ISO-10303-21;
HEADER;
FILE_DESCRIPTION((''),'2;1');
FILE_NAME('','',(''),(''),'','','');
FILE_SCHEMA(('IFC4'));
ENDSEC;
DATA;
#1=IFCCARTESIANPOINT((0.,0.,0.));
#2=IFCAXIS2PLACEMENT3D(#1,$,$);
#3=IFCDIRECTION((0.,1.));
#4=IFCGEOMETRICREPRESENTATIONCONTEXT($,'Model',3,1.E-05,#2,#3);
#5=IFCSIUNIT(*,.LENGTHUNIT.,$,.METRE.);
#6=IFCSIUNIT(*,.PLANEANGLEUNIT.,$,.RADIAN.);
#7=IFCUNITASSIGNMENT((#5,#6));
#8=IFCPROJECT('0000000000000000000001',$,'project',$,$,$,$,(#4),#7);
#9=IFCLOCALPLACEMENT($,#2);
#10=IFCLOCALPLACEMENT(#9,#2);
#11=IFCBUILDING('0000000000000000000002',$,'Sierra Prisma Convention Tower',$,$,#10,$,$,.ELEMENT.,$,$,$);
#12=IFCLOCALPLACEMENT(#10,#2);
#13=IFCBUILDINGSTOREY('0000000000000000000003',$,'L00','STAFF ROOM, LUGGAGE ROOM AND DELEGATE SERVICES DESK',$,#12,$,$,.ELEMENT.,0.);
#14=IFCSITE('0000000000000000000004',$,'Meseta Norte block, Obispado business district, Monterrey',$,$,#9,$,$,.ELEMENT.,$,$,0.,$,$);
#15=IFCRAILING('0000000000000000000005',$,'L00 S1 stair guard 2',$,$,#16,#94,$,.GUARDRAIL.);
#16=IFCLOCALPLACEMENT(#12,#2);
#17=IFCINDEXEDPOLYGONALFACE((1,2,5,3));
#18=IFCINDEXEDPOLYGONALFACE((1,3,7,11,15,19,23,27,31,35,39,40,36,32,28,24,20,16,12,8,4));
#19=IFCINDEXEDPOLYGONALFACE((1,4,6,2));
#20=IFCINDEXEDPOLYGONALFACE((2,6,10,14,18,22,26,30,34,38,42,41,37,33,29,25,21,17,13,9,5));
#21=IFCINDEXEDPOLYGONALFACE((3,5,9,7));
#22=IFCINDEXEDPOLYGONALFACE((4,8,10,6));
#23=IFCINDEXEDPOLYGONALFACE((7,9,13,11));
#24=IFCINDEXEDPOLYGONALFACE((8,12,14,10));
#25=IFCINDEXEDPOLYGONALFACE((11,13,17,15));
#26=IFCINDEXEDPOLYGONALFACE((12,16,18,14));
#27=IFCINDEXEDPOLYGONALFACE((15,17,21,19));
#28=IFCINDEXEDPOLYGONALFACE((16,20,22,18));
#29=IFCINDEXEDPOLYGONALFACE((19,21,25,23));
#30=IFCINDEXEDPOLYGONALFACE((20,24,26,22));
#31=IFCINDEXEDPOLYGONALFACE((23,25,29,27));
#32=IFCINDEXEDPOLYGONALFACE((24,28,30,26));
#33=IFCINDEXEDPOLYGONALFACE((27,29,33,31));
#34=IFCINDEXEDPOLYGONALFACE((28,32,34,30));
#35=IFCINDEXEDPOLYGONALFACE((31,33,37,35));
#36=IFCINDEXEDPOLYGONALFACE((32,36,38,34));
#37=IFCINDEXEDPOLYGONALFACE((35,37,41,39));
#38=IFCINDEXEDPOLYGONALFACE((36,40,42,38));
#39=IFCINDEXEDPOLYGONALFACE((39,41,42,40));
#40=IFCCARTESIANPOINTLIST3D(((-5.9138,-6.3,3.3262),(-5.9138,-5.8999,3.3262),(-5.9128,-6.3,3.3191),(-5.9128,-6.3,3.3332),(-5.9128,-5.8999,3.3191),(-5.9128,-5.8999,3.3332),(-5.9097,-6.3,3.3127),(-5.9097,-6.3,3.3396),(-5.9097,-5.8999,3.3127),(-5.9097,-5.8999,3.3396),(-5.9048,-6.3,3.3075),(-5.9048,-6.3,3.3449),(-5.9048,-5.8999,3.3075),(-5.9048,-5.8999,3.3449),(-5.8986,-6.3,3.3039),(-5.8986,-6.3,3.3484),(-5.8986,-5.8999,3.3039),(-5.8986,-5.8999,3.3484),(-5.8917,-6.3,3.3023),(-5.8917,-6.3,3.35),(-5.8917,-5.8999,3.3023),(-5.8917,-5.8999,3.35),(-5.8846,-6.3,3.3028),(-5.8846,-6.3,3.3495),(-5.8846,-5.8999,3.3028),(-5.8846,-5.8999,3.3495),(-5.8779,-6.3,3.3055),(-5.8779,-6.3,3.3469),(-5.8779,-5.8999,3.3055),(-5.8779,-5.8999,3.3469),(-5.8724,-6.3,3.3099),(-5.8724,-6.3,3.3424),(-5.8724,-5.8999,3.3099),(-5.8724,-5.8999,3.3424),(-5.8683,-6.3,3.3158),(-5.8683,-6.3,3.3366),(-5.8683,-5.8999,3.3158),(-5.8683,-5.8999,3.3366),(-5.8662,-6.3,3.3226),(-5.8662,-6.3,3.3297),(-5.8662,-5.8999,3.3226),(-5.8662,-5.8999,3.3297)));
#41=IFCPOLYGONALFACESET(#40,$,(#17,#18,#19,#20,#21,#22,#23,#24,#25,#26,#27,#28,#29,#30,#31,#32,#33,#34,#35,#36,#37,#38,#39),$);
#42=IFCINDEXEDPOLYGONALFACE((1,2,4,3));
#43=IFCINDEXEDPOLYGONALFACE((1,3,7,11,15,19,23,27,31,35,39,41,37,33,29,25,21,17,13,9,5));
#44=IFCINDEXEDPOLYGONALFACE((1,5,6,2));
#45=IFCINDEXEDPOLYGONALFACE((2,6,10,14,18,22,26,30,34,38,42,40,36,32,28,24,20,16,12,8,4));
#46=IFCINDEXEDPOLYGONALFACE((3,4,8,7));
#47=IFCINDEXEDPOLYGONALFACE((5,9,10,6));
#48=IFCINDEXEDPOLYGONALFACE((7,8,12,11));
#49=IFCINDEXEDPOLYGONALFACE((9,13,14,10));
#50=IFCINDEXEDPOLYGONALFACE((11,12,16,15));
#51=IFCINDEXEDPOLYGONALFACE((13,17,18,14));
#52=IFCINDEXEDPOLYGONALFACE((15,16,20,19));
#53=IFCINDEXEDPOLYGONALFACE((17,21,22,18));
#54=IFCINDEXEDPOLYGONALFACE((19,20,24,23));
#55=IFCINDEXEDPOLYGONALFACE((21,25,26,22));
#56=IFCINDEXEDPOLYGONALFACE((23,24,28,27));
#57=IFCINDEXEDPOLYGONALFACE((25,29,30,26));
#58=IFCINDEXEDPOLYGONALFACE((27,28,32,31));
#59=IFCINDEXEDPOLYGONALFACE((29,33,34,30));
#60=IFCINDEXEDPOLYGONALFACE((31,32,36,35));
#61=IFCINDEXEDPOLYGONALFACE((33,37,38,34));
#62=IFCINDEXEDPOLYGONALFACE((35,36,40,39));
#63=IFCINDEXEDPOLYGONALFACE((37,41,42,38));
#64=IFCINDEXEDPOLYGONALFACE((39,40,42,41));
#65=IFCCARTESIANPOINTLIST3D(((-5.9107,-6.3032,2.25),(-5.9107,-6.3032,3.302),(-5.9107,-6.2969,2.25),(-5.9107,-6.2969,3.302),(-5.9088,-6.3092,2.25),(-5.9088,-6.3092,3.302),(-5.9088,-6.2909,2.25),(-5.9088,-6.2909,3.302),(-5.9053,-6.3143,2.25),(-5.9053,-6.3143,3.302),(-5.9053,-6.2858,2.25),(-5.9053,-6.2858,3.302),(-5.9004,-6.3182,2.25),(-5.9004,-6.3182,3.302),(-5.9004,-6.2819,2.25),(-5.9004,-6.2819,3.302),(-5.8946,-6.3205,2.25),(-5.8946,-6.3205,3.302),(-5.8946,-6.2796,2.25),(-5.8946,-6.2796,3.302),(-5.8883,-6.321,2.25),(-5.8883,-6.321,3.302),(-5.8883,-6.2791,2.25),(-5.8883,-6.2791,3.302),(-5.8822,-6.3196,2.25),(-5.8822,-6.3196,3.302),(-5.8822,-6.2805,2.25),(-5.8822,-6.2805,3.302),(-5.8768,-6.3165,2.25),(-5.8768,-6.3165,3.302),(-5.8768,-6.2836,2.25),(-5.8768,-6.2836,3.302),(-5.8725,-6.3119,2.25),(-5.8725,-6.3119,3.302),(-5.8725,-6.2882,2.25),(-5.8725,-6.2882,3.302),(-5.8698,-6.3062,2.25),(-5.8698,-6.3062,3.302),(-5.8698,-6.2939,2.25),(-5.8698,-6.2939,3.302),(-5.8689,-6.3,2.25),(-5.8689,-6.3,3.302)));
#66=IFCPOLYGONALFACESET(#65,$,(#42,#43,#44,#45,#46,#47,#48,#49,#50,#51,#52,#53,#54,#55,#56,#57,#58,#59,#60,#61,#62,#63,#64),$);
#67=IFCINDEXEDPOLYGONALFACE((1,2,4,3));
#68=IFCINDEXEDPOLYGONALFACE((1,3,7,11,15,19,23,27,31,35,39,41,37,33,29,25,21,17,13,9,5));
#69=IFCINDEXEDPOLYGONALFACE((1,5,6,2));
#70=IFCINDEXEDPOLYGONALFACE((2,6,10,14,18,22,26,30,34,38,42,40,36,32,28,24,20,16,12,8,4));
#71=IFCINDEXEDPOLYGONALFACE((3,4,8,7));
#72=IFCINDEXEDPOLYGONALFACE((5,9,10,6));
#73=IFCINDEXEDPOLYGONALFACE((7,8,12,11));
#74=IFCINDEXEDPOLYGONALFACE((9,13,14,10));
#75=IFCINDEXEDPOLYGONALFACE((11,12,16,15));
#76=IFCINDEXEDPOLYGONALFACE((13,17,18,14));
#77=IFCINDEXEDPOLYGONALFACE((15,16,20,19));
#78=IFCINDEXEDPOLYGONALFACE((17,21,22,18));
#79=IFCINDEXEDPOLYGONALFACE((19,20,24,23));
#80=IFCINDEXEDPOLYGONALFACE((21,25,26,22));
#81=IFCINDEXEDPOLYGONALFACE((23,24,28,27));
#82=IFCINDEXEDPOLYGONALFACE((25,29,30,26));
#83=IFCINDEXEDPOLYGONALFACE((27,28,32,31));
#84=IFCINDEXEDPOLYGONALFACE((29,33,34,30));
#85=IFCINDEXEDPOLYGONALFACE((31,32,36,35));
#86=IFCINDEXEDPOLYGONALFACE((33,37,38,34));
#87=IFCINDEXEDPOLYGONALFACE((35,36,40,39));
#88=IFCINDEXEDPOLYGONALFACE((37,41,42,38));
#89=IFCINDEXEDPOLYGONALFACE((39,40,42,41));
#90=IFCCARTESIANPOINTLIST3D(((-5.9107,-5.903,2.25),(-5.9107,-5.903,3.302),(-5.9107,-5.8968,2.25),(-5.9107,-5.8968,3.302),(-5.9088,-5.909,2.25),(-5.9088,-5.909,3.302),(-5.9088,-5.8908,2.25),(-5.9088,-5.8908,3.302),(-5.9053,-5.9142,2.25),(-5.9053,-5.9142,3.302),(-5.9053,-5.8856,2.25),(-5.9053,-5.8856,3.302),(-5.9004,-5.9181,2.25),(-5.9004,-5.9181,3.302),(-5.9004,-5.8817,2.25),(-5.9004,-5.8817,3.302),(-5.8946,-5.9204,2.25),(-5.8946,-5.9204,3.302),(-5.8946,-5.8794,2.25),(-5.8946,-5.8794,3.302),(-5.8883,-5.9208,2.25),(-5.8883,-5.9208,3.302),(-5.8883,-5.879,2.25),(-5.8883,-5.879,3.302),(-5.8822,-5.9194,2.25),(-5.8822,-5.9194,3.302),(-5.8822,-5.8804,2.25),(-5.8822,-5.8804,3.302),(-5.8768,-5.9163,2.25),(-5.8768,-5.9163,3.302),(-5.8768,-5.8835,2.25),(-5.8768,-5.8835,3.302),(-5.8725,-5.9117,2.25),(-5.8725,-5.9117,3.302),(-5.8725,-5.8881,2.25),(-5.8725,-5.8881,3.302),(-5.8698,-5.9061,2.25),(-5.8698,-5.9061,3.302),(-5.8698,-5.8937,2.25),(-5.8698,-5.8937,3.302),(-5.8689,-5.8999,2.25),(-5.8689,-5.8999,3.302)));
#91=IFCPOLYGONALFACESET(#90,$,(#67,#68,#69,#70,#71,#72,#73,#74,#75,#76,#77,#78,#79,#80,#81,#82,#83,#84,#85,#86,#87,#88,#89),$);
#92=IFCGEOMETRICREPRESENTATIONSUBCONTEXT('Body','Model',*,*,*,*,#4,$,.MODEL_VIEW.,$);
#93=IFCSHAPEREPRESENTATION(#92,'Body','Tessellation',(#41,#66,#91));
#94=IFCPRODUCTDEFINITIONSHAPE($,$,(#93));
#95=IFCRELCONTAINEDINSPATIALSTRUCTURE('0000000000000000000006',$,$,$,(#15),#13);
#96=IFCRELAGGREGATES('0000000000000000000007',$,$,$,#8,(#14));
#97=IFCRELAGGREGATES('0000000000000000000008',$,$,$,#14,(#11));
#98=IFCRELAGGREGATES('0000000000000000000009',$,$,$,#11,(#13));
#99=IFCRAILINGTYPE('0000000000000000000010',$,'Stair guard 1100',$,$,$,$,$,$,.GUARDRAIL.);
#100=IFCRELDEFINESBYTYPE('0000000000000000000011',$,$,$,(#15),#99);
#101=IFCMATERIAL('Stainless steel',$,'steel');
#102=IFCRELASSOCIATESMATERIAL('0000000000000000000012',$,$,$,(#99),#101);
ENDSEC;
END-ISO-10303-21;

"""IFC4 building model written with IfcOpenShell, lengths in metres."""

from ifc_helpers import new_model, si_unit, direction, frame, origin, origin_2d, place, context, subcontext, project, spatial, circle, extrude, material, type_object, element, save


model = new_model("IFC4")

# Units and contexts
model_context = context("Model", 3, precision=1e-05, world=origin(), true_north=direction((0.0, 1.0)))
body_context = subcontext(model_context, "Body", "Model", "MODEL_VIEW")
ifc_project = project(units=[si_unit("LENGTHUNIT", "METRE"), si_unit("PLANEANGLEUNIT", "RADIAN")], contexts=[model_context])

# Site, building, storey
site_placement = place(None, origin())
site = spatial("IfcSite", under=ifc_project, at=site_placement, Name="Meseta Norte block, Obispado business district, Monterrey", CompositionType="ELEMENT", RefElevation=0.0)
building_placement = place(site_placement, origin())
building = spatial("IfcBuilding", under=site, at=building_placement, Name="Sierra Prisma Convention Tower", CompositionType="ELEMENT")
storey_placement = place(building_placement, origin())
storey = spatial("IfcBuildingStorey", under=building, at=storey_placement, Name="L00", Description="STAFF ROOM, LUGGAGE ROOM AND DELEGATE SERVICES DESK", CompositionType="ELEMENT", Elevation=0.0)

# Railing
ifc_material_1 = material(Name="Stainless steel", Category="steel")
railing_type_1 = type_object("IfcRailingType", Name="Stair guard 1100", PredefinedType="GUARDRAIL", material=ifc_material_1)
railing_1_placement = place(storey_placement, frame((-5.8899, -6.3, 2.25)))
element("IfcRailing", 1, at=railing_1_placement, inside=storey, type_object=railing_type_1, Name="L00 S1 stair guard 2", PredefinedType="GUARDRAIL", context=body_context, shape_type="SweptSolid", body=[
    extrude(circle(Radius=0.0239, at=origin_2d()), frame((0.0, 0.0, 1.0762), z_axis=(0.0, 1.0, 0.0), x_axis=(-1.0, 0.0, 0.0)), (0.0, 0.0, 1.0), 0.4001),
    extrude(circle(Radius=0.021, at=origin_2d()), origin(), (0.0, 0.0, 1.0), 1.052),
    extrude(circle(Radius=0.021, at=origin_2d()), frame((0.0, 0.4001, 0.0)), (0.0, 0.0, 1.0), 1.052),
])

save(model, "model.ifc")
